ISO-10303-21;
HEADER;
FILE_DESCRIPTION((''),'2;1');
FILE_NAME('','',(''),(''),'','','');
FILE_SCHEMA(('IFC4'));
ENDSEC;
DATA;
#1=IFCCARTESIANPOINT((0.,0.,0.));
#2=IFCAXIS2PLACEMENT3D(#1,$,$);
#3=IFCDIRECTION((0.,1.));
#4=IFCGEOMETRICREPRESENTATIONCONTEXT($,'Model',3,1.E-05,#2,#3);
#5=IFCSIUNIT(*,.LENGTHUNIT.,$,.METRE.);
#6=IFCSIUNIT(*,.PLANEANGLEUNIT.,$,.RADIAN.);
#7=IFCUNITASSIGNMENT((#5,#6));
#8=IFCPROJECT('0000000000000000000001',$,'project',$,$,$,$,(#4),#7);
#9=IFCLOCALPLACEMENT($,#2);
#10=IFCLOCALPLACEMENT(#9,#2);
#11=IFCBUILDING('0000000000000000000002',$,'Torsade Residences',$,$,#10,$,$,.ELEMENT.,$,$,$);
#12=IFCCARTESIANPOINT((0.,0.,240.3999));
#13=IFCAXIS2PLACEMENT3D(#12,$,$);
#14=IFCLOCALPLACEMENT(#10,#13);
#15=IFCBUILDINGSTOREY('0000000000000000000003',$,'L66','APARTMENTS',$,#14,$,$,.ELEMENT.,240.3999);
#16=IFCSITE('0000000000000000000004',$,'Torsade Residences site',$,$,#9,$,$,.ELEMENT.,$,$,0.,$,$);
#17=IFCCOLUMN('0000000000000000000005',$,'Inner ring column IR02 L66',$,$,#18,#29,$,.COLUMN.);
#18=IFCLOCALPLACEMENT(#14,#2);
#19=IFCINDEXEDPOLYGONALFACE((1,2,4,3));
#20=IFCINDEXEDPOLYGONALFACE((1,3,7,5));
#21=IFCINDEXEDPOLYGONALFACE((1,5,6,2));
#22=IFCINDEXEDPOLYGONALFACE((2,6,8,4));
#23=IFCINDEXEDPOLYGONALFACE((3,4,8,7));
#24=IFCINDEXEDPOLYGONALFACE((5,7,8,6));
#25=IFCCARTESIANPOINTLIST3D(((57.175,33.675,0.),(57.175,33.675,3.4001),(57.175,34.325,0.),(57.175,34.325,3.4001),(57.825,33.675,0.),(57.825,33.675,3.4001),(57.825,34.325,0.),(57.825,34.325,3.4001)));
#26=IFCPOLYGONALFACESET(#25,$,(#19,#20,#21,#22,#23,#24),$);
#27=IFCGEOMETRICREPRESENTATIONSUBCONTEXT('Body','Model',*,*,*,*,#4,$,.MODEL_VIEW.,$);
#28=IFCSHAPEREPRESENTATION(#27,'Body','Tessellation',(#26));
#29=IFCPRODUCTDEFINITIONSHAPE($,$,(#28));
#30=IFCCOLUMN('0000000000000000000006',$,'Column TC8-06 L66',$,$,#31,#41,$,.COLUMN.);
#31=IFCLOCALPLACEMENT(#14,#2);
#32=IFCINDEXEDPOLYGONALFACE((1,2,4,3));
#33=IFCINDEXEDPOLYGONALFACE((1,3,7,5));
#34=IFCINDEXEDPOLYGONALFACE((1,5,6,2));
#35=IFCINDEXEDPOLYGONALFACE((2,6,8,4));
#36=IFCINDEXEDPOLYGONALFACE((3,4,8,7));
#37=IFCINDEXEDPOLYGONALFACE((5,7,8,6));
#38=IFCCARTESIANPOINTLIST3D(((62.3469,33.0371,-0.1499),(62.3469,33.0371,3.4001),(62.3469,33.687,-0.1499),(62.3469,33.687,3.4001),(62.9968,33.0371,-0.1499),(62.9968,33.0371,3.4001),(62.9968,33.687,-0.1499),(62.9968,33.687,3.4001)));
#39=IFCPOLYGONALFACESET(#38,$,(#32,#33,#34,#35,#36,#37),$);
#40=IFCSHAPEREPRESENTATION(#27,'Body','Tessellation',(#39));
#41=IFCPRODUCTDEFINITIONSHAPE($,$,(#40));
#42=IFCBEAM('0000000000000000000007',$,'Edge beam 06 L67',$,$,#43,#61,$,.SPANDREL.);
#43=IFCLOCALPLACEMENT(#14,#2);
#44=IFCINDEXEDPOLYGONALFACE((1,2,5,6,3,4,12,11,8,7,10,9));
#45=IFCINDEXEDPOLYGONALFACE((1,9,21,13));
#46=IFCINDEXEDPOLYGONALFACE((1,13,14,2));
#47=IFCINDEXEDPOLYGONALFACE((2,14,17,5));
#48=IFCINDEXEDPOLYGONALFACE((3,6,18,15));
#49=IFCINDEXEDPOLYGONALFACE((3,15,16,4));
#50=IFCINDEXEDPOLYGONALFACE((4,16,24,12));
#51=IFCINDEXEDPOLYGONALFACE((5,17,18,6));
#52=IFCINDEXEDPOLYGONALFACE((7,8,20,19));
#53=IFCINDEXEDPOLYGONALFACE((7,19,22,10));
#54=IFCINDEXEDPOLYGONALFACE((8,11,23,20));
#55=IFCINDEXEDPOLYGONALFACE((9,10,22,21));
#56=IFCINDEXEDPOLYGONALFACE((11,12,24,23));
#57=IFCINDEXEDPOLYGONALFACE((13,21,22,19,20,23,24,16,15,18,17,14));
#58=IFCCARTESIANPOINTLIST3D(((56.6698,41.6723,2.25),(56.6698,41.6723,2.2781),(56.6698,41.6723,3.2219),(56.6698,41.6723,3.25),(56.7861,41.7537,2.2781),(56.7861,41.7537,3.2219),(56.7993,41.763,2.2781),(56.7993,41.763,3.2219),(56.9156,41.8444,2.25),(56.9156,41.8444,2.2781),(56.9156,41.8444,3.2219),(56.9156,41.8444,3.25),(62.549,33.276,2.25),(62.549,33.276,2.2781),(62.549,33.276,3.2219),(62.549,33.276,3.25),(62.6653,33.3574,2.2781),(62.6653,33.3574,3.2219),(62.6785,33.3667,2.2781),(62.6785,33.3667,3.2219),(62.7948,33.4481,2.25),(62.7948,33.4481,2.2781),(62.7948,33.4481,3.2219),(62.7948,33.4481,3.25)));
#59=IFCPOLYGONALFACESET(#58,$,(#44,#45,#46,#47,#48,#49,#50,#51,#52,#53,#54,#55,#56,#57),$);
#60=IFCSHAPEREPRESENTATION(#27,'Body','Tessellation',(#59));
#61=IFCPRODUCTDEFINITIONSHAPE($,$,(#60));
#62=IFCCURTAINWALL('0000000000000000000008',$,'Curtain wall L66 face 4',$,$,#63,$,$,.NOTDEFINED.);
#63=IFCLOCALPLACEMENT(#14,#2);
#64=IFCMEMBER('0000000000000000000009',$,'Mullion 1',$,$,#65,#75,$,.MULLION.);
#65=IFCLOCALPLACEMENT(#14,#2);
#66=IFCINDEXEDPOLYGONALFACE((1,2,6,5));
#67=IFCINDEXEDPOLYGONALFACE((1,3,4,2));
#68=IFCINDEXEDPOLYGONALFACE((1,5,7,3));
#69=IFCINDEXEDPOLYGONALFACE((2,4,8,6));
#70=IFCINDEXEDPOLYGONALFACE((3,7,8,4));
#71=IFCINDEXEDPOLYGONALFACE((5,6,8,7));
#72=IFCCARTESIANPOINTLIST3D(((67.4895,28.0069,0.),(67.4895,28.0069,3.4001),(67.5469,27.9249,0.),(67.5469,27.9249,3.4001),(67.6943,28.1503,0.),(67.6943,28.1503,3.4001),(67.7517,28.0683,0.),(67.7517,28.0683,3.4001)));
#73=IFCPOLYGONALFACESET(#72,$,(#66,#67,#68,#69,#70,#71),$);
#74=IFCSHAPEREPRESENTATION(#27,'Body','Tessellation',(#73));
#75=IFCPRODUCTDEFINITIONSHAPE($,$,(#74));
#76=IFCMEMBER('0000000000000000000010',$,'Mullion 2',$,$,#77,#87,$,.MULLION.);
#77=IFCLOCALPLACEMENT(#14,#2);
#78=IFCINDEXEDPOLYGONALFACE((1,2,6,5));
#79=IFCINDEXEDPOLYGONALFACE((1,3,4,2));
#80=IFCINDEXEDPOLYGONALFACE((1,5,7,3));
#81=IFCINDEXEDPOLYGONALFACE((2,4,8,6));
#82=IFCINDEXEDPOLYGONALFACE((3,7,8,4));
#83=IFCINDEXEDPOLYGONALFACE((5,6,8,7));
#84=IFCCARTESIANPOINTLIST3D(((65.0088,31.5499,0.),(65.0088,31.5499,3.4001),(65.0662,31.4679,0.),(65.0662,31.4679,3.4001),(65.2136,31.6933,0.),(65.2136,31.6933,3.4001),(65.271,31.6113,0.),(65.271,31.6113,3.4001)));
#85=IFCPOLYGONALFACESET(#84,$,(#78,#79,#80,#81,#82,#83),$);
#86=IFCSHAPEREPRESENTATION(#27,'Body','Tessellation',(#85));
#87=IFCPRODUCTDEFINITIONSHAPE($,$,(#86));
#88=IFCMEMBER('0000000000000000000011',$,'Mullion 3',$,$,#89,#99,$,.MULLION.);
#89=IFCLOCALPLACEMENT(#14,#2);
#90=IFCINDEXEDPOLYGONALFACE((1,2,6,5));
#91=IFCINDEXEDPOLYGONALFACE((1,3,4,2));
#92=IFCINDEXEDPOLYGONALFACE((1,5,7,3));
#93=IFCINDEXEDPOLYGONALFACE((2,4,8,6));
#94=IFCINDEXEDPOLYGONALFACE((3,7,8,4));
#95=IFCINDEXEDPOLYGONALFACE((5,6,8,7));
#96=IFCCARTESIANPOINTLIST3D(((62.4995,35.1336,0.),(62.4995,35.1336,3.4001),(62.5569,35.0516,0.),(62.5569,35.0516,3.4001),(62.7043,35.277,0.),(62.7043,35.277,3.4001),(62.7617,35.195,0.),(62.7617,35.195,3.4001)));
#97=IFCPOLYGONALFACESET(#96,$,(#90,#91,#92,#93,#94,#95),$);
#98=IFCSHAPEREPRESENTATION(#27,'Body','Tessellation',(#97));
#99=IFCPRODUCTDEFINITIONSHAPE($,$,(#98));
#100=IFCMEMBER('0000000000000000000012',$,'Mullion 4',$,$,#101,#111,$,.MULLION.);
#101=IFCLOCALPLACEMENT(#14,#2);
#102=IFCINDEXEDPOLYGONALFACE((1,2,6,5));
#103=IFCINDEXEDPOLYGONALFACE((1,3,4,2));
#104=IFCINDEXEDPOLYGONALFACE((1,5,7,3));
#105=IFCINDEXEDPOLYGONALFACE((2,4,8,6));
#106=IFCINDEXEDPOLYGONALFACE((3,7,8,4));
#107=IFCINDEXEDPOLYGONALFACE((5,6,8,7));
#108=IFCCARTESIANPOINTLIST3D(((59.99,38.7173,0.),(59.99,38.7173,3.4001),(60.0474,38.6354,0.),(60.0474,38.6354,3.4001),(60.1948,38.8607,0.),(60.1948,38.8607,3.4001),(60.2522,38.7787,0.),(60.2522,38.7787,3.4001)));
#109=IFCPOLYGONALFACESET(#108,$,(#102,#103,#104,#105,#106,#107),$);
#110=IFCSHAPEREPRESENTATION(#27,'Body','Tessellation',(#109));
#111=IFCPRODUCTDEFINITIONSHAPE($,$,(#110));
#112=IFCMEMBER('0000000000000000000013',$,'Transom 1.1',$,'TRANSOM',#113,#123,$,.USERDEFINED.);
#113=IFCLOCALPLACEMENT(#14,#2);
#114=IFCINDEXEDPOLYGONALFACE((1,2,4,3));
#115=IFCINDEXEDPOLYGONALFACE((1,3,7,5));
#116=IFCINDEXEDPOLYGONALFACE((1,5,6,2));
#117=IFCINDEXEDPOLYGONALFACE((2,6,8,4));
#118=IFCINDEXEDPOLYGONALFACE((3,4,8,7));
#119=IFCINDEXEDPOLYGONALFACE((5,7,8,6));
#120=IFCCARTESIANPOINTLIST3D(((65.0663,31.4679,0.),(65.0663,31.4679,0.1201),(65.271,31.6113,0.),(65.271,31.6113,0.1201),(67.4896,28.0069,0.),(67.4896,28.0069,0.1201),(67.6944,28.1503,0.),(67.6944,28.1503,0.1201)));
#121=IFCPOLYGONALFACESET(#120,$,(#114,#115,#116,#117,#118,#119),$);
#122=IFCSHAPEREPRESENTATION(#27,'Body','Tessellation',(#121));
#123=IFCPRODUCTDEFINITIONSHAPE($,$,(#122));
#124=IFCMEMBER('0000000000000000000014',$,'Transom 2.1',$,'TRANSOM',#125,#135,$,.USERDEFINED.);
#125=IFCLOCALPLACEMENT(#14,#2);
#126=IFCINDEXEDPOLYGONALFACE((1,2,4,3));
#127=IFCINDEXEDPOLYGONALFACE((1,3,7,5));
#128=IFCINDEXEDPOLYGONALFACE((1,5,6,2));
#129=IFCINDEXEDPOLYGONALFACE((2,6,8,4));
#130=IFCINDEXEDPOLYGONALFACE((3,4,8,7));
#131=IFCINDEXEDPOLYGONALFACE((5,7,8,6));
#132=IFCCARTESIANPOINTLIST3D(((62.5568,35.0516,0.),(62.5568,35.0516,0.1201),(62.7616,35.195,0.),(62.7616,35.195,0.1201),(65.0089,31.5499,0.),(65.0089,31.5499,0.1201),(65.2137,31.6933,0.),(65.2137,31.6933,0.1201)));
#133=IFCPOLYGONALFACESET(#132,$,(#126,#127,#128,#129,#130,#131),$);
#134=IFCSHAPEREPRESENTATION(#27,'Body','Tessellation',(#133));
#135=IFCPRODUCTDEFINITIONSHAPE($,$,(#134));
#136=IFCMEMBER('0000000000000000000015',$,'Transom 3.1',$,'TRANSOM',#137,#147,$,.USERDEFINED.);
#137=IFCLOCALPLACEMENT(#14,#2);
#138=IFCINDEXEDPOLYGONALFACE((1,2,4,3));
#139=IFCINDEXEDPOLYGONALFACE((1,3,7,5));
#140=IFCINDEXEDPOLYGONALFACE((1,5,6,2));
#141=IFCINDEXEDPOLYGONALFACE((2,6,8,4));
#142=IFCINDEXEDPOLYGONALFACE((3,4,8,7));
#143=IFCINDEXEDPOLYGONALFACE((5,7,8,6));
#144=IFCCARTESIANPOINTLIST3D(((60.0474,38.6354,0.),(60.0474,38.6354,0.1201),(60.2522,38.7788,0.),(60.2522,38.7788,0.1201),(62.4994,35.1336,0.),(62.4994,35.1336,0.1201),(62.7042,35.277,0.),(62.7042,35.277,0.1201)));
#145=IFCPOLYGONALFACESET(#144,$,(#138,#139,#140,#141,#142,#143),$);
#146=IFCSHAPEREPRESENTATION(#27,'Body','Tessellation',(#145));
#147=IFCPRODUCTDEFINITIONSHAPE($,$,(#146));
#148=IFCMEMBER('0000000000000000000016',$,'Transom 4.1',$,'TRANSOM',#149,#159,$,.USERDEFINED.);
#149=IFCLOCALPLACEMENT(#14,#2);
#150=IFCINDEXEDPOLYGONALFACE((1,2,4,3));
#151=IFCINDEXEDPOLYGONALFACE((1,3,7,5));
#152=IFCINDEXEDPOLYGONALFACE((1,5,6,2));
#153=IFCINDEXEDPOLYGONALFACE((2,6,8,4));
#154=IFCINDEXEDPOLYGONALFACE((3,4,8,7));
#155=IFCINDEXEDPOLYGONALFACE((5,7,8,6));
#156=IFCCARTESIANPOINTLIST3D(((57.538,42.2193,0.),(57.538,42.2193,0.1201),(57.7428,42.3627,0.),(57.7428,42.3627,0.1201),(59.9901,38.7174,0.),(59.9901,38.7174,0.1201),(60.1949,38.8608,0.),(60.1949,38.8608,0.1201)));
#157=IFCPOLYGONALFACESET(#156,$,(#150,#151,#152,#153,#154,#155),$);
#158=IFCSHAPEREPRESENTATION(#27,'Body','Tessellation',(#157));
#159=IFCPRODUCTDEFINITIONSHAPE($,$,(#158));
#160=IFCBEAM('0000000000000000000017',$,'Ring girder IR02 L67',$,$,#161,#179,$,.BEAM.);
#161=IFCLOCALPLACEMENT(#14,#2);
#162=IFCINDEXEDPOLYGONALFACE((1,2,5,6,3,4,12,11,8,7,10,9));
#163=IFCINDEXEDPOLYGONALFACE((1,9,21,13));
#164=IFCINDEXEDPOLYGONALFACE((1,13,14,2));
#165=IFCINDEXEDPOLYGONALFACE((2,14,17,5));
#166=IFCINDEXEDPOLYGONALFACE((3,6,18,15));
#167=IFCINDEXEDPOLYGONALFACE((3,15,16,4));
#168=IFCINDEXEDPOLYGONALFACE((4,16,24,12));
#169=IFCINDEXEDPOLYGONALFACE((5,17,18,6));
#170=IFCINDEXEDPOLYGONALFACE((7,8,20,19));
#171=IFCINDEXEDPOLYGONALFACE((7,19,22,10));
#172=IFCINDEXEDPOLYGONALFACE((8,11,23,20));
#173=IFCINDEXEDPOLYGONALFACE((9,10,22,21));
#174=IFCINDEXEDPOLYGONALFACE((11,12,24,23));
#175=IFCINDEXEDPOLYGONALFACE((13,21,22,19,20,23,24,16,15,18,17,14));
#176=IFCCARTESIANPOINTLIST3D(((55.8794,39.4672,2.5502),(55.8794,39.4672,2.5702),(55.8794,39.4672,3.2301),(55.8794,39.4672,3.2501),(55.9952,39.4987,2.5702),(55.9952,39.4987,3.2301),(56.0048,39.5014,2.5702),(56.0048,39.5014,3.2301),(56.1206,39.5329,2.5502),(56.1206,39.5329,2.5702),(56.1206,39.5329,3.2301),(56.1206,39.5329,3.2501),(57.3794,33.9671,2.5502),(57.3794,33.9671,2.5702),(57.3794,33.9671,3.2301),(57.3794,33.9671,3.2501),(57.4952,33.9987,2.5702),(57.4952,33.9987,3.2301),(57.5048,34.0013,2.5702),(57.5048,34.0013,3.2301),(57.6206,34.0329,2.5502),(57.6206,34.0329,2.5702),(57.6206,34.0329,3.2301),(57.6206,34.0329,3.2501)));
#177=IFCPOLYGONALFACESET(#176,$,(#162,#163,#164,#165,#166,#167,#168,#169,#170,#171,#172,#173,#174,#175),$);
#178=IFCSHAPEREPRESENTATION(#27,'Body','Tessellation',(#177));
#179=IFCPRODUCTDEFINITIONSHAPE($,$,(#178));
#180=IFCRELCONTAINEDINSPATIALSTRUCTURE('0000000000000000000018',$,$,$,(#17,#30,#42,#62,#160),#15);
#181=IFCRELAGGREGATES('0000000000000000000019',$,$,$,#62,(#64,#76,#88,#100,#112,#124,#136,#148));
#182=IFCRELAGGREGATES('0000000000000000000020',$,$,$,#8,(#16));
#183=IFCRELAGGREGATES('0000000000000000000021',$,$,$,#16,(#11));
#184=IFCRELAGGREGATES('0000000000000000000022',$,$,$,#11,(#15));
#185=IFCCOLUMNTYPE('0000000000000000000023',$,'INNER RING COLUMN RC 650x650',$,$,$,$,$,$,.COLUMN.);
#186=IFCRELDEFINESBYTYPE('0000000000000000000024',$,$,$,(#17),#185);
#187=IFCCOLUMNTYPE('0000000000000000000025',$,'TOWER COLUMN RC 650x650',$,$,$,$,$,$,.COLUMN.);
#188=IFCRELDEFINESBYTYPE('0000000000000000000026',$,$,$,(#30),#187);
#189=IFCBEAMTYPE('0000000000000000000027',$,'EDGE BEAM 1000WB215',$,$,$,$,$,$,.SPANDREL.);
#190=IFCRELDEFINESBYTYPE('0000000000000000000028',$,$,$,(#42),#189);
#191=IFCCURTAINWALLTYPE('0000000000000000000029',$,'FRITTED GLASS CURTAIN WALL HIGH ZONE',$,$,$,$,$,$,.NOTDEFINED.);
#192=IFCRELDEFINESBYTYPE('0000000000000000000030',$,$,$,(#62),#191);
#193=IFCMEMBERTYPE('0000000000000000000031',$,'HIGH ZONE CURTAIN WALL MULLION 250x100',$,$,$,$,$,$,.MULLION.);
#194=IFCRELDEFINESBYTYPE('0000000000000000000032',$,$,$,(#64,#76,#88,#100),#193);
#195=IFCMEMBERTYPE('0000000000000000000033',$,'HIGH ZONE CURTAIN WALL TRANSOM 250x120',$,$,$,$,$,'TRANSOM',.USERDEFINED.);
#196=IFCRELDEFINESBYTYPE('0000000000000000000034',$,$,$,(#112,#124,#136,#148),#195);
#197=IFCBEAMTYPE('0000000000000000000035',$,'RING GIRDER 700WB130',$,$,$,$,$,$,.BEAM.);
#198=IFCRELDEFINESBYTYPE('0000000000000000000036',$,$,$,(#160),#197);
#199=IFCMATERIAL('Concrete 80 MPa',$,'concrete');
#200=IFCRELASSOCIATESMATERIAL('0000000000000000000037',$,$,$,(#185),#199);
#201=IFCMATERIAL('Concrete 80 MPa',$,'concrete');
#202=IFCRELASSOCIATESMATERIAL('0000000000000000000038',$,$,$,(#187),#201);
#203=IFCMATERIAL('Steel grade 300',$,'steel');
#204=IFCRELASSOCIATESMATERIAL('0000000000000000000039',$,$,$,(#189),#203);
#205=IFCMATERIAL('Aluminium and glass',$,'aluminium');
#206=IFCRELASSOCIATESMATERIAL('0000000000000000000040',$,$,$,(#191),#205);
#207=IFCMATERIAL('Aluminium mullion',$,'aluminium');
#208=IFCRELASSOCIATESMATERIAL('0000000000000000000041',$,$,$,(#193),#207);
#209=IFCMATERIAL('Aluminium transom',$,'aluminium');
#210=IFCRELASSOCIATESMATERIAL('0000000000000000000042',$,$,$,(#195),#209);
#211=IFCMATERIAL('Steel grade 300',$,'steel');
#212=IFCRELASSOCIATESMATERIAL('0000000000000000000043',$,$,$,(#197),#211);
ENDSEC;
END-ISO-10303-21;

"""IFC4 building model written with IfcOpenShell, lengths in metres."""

from ifc_helpers import new_model, si_unit, direction, frame, origin, origin_2d, place, context, subcontext, project, spatial, rectangle, i_section, extrude, material, material_profile, profile_set, type_object, element, aggregate, save


model = new_model("IFC4")

# Units and contexts
model_context = context("Model", 3, precision=1e-05, world=origin(), true_north=direction((0.0, 1.0)))
body_context = subcontext(model_context, "Body", "Model", "MODEL_VIEW")
ifc_project = project(units=[si_unit("LENGTHUNIT", "METRE"), si_unit("PLANEANGLEUNIT", "RADIAN")], contexts=[model_context])

# Site, building, storey
site_placement = place(None, origin())
site = spatial("IfcSite", under=ifc_project, at=site_placement, Name="Torsade Residences site", CompositionType="ELEMENT", RefElevation=0.0)
building_placement = place(site_placement, origin())
building = spatial("IfcBuilding", under=site, at=building_placement, Name="Torsade Residences", CompositionType="ELEMENT")
storey_placement = place(building_placement, frame((0.0, 0.0, 240.3999)))
storey = spatial("IfcBuildingStorey", under=building, at=storey_placement, Name="L66", Description="APARTMENTS", CompositionType="ELEMENT", Elevation=240.3999)

# Columns
ifc_material_1 = material(Name="Concrete 80 MPa", Category="concrete")
ifc_material_profile_1 = material_profile(ifc_material_1, rectangle(XDim=0.6499, YDim=0.6499, at=origin_2d()), Name="RC 650x650")
ifc_profile_set_1 = profile_set([ifc_material_profile_1], Name="Concrete 80 MPa")
column_type_1 = type_object("IfcColumnType", Name="INNER RING COLUMN RC 650x650", PredefinedType="COLUMN", material=ifc_profile_set_1)
column_1_placement = place(storey_placement, frame((57.5, 34.0, 0.0), z_axis=(0.0, 0.0, 1.0), x_axis=(1.0, 0.0, 0.0)))
element("IfcColumn", 1, at=column_1_placement, inside=storey, type_object=column_type_1, Name="Inner ring column IR02 L66", PredefinedType="COLUMN", context=body_context, shape_type="SweptSolid", body=[
    extrude(rectangle(XDim=0.6499, YDim=0.6499, at=origin_2d()), origin(), (0.0, 0.0, 1.0), 3.4001),
])
ifc_material_2 = material(Name="Concrete 80 MPa", Category="concrete")
ifc_material_profile_2 = material_profile(ifc_material_2, rectangle(XDim=0.6499, YDim=0.6499, at=origin_2d()), Name="RC 650x650")
ifc_profile_set_2 = profile_set([ifc_material_profile_2], Name="Concrete 80 MPa")
column_type_2 = type_object("IfcColumnType", Name="TOWER COLUMN RC 650x650", PredefinedType="COLUMN", material=ifc_profile_set_2)
column_2_placement = place(storey_placement, frame((62.6719, 33.3621, -0.1499), z_axis=(0.0, 0.0, 1.0), x_axis=(1.0, 0.0, 0.0)))
element("IfcColumn", 2, at=column_2_placement, inside=storey, type_object=column_type_2, Name="Column TC8-06 L66", PredefinedType="COLUMN", context=body_context, shape_type="SweptSolid", body=[
    extrude(rectangle(XDim=0.6499, YDim=0.6499, at=origin_2d()), origin(), (0.0, 0.0, 1.0), 3.55),
])

# Beam
ifc_material_3 = material(Name="Steel grade 300", Category="steel")
ifc_material_profile_3 = material_profile(ifc_material_3, i_section(OverallWidth=0.3, OverallDepth=1.0, WebThickness=0.0161, FlangeThickness=0.0281, at=origin_2d()), Name="1000WB215")
ifc_profile_set_3 = profile_set([ifc_material_profile_3], Name="Steel grade 300")
beam_type_1 = type_object("IfcBeamType", Name="EDGE BEAM 1000WB215", PredefinedType="SPANDREL", material=ifc_profile_set_3)
beam_1_placement = place(storey_placement, frame((62.6719, 33.3621, 2.75), z_axis=(-0.573579, 0.81915, 0.0), x_axis=(-0.81915, -0.573579, 0.0)))
element("IfcBeam", 3, at=beam_1_placement, inside=storey, type_object=beam_type_1, Name="Edge beam 06 L67", PredefinedType="SPANDREL", context=body_context, shape_type="SweptSolid", body=[
    extrude(i_section(OverallWidth=0.3, OverallDepth=1.0, WebThickness=0.0161, FlangeThickness=0.0281, at=origin_2d()), origin(), (0.0, 0.0, 1.0), 10.25),
])

# Curtain wall, members
ifc_material_4 = material(Name="Aluminium and glass", Category="aluminium")
curtain_wall_type = type_object("IfcCurtainWallType", Name="FRITTED GLASS CURTAIN WALL HIGH ZONE", PredefinedType="NOTDEFINED", material=ifc_material_4)
curtain_wall_placement = place(storey_placement, origin())
curtain_wall = element("IfcCurtainWall", 4, at=curtain_wall_placement, inside=storey, type_object=curtain_wall_type, Name="Curtain wall L66 face 4", PredefinedType="NOTDEFINED")
ifc_material_5 = material(Name="Aluminium mullion", Category="aluminium")
ifc_material_profile_4 = material_profile(ifc_material_5, rectangle(XDim=0.25, YDim=0.1001, at=origin_2d()), Name="HIGH ZONE CURTAIN WALL MULLION 250x100")
ifc_profile_set_4 = profile_set([ifc_material_profile_4], Name="Aluminium mullion")
member_type_1 = type_object("IfcMemberType", Name="HIGH ZONE CURTAIN WALL MULLION 250x100", PredefinedType="MULLION", material=ifc_profile_set_4)
member_1_placement = place(storey_placement, frame((67.6206, 28.0376, 0.0), z_axis=(0.0, 0.0, 1.0), x_axis=(-0.819152, -0.573576, 0.0)))
member_1 = element("IfcMember", 5, at=member_1_placement, type_object=member_type_1, Name="Mullion 1", PredefinedType="MULLION", context=body_context, shape_type="SweptSolid", body=[
    extrude(rectangle(XDim=0.25, YDim=0.1001, at=origin_2d()), origin(), (0.0, 0.0, 1.0), 3.4001),
])
member_2_placement = place(storey_placement, frame((65.1399, 31.5806, 0.0), z_axis=(0.0, 0.0, 1.0), x_axis=(-0.819152, -0.573576, 0.0)))
member_2 = element("IfcMember", 6, at=member_2_placement, type_object=member_type_1, Name="Mullion 2", PredefinedType="MULLION", context=body_context, shape_type="SweptSolid", body=[
    extrude(rectangle(XDim=0.25, YDim=0.1001, at=origin_2d()), origin(), (0.0, 0.0, 1.0), 3.4001),
])
member_3_placement = place(storey_placement, frame((62.6306, 35.1643, 0.0), z_axis=(0.0, 0.0, 1.0), x_axis=(-0.819152, -0.573576, 0.0)))
member_3 = element("IfcMember", 7, at=member_3_placement, type_object=member_type_1, Name="Mullion 3", PredefinedType="MULLION", context=body_context, shape_type="SweptSolid", body=[
    extrude(rectangle(XDim=0.25, YDim=0.1001, at=origin_2d()), origin(), (0.0, 0.0, 1.0), 3.4001),
])
member_4_placement = place(storey_placement, frame((60.1211, 38.748, 0.0), z_axis=(0.0, 0.0, 1.0), x_axis=(-0.819152, -0.573576, 0.0)))
member_4 = element("IfcMember", 8, at=member_4_placement, type_object=member_type_1, Name="Mullion 4", PredefinedType="MULLION", context=body_context, shape_type="SweptSolid", body=[
    extrude(rectangle(XDim=0.25, YDim=0.1001, at=origin_2d()), origin(), (0.0, 0.0, 1.0), 3.4001),
])
ifc_material_6 = material(Name="Aluminium transom", Category="aluminium")
ifc_material_profile_5 = material_profile(ifc_material_6, rectangle(XDim=0.25, YDim=0.1201, at=origin_2d()), Name="HIGH ZONE CURTAIN WALL TRANSOM 250x120")
ifc_profile_set_5 = profile_set([ifc_material_profile_5], Name="Aluminium transom")
member_type_2 = type_object("IfcMemberType", Name="HIGH ZONE CURTAIN WALL TRANSOM 250x120", ElementType="TRANSOM", PredefinedType="USERDEFINED", material=ifc_profile_set_5)
member_5_placement = place(storey_placement, frame((67.592, 28.0786, 0.0601), z_axis=(-0.573571, 0.819156, 0.0), x_axis=(-0.819156, -0.573571, 0.0)))
member_5 = element("IfcMember", 9, at=member_5_placement, type_object=member_type_2, Name="Transom 1.1", ObjectType="TRANSOM", PredefinedType="USERDEFINED", context=body_context, shape_type="SweptSolid", body=[
    extrude(rectangle(XDim=0.25, YDim=0.1201, at=origin_2d()), origin(), (0.0, 0.0, 1.0), 4.2251),
])
member_6_placement = place(storey_placement, frame((65.1113, 31.6216, 0.0601), z_axis=(-0.573612, 0.819127, 0.0), x_axis=(-0.819127, -0.573612, 0.0)))
member_6 = element("IfcMember", 10, at=member_6_placement, type_object=member_type_2, Name="Transom 2.1", ObjectType="TRANSOM", PredefinedType="USERDEFINED", context=body_context, shape_type="SweptSolid", body=[
    extrude(rectangle(XDim=0.25, YDim=0.1201, at=origin_2d()), origin(), (0.0, 0.0, 1.0), 4.2749),
])
member_7_placement = place(storey_placement, frame((62.6018, 35.2053, 0.0601), z_axis=(-0.573573, 0.819154, 0.0), x_axis=(-0.819154, -0.573573, 0.0)))
member_7 = element("IfcMember", 11, at=member_7_placement, type_object=member_type_2, Name="Transom 3.1", ObjectType="TRANSOM", PredefinedType="USERDEFINED", context=body_context, shape_type="SweptSolid", body=[
    extrude(rectangle(XDim=0.25, YDim=0.1201, at=origin_2d()), origin(), (0.0, 0.0, 1.0), 4.2749),
])
member_8_placement = place(storey_placement, frame((60.0925, 38.7891, 0.0601), z_axis=(-0.573585, 0.819146, 0.0), x_axis=(-0.819146, -0.573585, 0.0)))
member_8 = element("IfcMember", 12, at=member_8_placement, type_object=member_type_2, Name="Transom 4.1", ObjectType="TRANSOM", PredefinedType="USERDEFINED", context=body_context, shape_type="SweptSolid", body=[
    extrude(rectangle(XDim=0.25, YDim=0.1201, at=origin_2d()), origin(), (0.0, 0.0, 1.0), 4.2751),
])

# Beam
ifc_material_7 = material(Name="Steel grade 300", Category="steel")
ifc_material_profile_6 = material_profile(ifc_material_7, i_section(OverallWidth=0.25, OverallDepth=0.7, WebThickness=0.01, FlangeThickness=0.02, at=origin_2d()), Name="700WB130")
ifc_profile_set_6 = profile_set([ifc_material_profile_6], Name="Steel grade 300")
beam_type_2 = type_object("IfcBeamType", Name="RING GIRDER 700WB130", PredefinedType="BEAM", material=ifc_profile_set_6)
beam_2_placement = place(storey_placement, frame((57.5, 34.0, 2.9001), z_axis=(-0.263117, 0.964764, 0.0), x_axis=(-0.964764, -0.263117, 0.0)))
element("IfcBeam", 13, at=beam_2_placement, inside=storey, type_object=beam_type_2, Name="Ring girder IR02 L67", PredefinedType="BEAM", context=body_context, shape_type="SweptSolid", body=[
    extrude(i_section(OverallWidth=0.25, OverallDepth=0.7, WebThickness=0.01, FlangeThickness=0.02, at=origin_2d()), origin(), (0.0, 0.0, 1.0), 5.7009),
])

aggregate(curtain_wall, [member_1, member_2, member_3, member_4, member_5, member_6, member_7, member_8])

save(model, "model.ifc")
